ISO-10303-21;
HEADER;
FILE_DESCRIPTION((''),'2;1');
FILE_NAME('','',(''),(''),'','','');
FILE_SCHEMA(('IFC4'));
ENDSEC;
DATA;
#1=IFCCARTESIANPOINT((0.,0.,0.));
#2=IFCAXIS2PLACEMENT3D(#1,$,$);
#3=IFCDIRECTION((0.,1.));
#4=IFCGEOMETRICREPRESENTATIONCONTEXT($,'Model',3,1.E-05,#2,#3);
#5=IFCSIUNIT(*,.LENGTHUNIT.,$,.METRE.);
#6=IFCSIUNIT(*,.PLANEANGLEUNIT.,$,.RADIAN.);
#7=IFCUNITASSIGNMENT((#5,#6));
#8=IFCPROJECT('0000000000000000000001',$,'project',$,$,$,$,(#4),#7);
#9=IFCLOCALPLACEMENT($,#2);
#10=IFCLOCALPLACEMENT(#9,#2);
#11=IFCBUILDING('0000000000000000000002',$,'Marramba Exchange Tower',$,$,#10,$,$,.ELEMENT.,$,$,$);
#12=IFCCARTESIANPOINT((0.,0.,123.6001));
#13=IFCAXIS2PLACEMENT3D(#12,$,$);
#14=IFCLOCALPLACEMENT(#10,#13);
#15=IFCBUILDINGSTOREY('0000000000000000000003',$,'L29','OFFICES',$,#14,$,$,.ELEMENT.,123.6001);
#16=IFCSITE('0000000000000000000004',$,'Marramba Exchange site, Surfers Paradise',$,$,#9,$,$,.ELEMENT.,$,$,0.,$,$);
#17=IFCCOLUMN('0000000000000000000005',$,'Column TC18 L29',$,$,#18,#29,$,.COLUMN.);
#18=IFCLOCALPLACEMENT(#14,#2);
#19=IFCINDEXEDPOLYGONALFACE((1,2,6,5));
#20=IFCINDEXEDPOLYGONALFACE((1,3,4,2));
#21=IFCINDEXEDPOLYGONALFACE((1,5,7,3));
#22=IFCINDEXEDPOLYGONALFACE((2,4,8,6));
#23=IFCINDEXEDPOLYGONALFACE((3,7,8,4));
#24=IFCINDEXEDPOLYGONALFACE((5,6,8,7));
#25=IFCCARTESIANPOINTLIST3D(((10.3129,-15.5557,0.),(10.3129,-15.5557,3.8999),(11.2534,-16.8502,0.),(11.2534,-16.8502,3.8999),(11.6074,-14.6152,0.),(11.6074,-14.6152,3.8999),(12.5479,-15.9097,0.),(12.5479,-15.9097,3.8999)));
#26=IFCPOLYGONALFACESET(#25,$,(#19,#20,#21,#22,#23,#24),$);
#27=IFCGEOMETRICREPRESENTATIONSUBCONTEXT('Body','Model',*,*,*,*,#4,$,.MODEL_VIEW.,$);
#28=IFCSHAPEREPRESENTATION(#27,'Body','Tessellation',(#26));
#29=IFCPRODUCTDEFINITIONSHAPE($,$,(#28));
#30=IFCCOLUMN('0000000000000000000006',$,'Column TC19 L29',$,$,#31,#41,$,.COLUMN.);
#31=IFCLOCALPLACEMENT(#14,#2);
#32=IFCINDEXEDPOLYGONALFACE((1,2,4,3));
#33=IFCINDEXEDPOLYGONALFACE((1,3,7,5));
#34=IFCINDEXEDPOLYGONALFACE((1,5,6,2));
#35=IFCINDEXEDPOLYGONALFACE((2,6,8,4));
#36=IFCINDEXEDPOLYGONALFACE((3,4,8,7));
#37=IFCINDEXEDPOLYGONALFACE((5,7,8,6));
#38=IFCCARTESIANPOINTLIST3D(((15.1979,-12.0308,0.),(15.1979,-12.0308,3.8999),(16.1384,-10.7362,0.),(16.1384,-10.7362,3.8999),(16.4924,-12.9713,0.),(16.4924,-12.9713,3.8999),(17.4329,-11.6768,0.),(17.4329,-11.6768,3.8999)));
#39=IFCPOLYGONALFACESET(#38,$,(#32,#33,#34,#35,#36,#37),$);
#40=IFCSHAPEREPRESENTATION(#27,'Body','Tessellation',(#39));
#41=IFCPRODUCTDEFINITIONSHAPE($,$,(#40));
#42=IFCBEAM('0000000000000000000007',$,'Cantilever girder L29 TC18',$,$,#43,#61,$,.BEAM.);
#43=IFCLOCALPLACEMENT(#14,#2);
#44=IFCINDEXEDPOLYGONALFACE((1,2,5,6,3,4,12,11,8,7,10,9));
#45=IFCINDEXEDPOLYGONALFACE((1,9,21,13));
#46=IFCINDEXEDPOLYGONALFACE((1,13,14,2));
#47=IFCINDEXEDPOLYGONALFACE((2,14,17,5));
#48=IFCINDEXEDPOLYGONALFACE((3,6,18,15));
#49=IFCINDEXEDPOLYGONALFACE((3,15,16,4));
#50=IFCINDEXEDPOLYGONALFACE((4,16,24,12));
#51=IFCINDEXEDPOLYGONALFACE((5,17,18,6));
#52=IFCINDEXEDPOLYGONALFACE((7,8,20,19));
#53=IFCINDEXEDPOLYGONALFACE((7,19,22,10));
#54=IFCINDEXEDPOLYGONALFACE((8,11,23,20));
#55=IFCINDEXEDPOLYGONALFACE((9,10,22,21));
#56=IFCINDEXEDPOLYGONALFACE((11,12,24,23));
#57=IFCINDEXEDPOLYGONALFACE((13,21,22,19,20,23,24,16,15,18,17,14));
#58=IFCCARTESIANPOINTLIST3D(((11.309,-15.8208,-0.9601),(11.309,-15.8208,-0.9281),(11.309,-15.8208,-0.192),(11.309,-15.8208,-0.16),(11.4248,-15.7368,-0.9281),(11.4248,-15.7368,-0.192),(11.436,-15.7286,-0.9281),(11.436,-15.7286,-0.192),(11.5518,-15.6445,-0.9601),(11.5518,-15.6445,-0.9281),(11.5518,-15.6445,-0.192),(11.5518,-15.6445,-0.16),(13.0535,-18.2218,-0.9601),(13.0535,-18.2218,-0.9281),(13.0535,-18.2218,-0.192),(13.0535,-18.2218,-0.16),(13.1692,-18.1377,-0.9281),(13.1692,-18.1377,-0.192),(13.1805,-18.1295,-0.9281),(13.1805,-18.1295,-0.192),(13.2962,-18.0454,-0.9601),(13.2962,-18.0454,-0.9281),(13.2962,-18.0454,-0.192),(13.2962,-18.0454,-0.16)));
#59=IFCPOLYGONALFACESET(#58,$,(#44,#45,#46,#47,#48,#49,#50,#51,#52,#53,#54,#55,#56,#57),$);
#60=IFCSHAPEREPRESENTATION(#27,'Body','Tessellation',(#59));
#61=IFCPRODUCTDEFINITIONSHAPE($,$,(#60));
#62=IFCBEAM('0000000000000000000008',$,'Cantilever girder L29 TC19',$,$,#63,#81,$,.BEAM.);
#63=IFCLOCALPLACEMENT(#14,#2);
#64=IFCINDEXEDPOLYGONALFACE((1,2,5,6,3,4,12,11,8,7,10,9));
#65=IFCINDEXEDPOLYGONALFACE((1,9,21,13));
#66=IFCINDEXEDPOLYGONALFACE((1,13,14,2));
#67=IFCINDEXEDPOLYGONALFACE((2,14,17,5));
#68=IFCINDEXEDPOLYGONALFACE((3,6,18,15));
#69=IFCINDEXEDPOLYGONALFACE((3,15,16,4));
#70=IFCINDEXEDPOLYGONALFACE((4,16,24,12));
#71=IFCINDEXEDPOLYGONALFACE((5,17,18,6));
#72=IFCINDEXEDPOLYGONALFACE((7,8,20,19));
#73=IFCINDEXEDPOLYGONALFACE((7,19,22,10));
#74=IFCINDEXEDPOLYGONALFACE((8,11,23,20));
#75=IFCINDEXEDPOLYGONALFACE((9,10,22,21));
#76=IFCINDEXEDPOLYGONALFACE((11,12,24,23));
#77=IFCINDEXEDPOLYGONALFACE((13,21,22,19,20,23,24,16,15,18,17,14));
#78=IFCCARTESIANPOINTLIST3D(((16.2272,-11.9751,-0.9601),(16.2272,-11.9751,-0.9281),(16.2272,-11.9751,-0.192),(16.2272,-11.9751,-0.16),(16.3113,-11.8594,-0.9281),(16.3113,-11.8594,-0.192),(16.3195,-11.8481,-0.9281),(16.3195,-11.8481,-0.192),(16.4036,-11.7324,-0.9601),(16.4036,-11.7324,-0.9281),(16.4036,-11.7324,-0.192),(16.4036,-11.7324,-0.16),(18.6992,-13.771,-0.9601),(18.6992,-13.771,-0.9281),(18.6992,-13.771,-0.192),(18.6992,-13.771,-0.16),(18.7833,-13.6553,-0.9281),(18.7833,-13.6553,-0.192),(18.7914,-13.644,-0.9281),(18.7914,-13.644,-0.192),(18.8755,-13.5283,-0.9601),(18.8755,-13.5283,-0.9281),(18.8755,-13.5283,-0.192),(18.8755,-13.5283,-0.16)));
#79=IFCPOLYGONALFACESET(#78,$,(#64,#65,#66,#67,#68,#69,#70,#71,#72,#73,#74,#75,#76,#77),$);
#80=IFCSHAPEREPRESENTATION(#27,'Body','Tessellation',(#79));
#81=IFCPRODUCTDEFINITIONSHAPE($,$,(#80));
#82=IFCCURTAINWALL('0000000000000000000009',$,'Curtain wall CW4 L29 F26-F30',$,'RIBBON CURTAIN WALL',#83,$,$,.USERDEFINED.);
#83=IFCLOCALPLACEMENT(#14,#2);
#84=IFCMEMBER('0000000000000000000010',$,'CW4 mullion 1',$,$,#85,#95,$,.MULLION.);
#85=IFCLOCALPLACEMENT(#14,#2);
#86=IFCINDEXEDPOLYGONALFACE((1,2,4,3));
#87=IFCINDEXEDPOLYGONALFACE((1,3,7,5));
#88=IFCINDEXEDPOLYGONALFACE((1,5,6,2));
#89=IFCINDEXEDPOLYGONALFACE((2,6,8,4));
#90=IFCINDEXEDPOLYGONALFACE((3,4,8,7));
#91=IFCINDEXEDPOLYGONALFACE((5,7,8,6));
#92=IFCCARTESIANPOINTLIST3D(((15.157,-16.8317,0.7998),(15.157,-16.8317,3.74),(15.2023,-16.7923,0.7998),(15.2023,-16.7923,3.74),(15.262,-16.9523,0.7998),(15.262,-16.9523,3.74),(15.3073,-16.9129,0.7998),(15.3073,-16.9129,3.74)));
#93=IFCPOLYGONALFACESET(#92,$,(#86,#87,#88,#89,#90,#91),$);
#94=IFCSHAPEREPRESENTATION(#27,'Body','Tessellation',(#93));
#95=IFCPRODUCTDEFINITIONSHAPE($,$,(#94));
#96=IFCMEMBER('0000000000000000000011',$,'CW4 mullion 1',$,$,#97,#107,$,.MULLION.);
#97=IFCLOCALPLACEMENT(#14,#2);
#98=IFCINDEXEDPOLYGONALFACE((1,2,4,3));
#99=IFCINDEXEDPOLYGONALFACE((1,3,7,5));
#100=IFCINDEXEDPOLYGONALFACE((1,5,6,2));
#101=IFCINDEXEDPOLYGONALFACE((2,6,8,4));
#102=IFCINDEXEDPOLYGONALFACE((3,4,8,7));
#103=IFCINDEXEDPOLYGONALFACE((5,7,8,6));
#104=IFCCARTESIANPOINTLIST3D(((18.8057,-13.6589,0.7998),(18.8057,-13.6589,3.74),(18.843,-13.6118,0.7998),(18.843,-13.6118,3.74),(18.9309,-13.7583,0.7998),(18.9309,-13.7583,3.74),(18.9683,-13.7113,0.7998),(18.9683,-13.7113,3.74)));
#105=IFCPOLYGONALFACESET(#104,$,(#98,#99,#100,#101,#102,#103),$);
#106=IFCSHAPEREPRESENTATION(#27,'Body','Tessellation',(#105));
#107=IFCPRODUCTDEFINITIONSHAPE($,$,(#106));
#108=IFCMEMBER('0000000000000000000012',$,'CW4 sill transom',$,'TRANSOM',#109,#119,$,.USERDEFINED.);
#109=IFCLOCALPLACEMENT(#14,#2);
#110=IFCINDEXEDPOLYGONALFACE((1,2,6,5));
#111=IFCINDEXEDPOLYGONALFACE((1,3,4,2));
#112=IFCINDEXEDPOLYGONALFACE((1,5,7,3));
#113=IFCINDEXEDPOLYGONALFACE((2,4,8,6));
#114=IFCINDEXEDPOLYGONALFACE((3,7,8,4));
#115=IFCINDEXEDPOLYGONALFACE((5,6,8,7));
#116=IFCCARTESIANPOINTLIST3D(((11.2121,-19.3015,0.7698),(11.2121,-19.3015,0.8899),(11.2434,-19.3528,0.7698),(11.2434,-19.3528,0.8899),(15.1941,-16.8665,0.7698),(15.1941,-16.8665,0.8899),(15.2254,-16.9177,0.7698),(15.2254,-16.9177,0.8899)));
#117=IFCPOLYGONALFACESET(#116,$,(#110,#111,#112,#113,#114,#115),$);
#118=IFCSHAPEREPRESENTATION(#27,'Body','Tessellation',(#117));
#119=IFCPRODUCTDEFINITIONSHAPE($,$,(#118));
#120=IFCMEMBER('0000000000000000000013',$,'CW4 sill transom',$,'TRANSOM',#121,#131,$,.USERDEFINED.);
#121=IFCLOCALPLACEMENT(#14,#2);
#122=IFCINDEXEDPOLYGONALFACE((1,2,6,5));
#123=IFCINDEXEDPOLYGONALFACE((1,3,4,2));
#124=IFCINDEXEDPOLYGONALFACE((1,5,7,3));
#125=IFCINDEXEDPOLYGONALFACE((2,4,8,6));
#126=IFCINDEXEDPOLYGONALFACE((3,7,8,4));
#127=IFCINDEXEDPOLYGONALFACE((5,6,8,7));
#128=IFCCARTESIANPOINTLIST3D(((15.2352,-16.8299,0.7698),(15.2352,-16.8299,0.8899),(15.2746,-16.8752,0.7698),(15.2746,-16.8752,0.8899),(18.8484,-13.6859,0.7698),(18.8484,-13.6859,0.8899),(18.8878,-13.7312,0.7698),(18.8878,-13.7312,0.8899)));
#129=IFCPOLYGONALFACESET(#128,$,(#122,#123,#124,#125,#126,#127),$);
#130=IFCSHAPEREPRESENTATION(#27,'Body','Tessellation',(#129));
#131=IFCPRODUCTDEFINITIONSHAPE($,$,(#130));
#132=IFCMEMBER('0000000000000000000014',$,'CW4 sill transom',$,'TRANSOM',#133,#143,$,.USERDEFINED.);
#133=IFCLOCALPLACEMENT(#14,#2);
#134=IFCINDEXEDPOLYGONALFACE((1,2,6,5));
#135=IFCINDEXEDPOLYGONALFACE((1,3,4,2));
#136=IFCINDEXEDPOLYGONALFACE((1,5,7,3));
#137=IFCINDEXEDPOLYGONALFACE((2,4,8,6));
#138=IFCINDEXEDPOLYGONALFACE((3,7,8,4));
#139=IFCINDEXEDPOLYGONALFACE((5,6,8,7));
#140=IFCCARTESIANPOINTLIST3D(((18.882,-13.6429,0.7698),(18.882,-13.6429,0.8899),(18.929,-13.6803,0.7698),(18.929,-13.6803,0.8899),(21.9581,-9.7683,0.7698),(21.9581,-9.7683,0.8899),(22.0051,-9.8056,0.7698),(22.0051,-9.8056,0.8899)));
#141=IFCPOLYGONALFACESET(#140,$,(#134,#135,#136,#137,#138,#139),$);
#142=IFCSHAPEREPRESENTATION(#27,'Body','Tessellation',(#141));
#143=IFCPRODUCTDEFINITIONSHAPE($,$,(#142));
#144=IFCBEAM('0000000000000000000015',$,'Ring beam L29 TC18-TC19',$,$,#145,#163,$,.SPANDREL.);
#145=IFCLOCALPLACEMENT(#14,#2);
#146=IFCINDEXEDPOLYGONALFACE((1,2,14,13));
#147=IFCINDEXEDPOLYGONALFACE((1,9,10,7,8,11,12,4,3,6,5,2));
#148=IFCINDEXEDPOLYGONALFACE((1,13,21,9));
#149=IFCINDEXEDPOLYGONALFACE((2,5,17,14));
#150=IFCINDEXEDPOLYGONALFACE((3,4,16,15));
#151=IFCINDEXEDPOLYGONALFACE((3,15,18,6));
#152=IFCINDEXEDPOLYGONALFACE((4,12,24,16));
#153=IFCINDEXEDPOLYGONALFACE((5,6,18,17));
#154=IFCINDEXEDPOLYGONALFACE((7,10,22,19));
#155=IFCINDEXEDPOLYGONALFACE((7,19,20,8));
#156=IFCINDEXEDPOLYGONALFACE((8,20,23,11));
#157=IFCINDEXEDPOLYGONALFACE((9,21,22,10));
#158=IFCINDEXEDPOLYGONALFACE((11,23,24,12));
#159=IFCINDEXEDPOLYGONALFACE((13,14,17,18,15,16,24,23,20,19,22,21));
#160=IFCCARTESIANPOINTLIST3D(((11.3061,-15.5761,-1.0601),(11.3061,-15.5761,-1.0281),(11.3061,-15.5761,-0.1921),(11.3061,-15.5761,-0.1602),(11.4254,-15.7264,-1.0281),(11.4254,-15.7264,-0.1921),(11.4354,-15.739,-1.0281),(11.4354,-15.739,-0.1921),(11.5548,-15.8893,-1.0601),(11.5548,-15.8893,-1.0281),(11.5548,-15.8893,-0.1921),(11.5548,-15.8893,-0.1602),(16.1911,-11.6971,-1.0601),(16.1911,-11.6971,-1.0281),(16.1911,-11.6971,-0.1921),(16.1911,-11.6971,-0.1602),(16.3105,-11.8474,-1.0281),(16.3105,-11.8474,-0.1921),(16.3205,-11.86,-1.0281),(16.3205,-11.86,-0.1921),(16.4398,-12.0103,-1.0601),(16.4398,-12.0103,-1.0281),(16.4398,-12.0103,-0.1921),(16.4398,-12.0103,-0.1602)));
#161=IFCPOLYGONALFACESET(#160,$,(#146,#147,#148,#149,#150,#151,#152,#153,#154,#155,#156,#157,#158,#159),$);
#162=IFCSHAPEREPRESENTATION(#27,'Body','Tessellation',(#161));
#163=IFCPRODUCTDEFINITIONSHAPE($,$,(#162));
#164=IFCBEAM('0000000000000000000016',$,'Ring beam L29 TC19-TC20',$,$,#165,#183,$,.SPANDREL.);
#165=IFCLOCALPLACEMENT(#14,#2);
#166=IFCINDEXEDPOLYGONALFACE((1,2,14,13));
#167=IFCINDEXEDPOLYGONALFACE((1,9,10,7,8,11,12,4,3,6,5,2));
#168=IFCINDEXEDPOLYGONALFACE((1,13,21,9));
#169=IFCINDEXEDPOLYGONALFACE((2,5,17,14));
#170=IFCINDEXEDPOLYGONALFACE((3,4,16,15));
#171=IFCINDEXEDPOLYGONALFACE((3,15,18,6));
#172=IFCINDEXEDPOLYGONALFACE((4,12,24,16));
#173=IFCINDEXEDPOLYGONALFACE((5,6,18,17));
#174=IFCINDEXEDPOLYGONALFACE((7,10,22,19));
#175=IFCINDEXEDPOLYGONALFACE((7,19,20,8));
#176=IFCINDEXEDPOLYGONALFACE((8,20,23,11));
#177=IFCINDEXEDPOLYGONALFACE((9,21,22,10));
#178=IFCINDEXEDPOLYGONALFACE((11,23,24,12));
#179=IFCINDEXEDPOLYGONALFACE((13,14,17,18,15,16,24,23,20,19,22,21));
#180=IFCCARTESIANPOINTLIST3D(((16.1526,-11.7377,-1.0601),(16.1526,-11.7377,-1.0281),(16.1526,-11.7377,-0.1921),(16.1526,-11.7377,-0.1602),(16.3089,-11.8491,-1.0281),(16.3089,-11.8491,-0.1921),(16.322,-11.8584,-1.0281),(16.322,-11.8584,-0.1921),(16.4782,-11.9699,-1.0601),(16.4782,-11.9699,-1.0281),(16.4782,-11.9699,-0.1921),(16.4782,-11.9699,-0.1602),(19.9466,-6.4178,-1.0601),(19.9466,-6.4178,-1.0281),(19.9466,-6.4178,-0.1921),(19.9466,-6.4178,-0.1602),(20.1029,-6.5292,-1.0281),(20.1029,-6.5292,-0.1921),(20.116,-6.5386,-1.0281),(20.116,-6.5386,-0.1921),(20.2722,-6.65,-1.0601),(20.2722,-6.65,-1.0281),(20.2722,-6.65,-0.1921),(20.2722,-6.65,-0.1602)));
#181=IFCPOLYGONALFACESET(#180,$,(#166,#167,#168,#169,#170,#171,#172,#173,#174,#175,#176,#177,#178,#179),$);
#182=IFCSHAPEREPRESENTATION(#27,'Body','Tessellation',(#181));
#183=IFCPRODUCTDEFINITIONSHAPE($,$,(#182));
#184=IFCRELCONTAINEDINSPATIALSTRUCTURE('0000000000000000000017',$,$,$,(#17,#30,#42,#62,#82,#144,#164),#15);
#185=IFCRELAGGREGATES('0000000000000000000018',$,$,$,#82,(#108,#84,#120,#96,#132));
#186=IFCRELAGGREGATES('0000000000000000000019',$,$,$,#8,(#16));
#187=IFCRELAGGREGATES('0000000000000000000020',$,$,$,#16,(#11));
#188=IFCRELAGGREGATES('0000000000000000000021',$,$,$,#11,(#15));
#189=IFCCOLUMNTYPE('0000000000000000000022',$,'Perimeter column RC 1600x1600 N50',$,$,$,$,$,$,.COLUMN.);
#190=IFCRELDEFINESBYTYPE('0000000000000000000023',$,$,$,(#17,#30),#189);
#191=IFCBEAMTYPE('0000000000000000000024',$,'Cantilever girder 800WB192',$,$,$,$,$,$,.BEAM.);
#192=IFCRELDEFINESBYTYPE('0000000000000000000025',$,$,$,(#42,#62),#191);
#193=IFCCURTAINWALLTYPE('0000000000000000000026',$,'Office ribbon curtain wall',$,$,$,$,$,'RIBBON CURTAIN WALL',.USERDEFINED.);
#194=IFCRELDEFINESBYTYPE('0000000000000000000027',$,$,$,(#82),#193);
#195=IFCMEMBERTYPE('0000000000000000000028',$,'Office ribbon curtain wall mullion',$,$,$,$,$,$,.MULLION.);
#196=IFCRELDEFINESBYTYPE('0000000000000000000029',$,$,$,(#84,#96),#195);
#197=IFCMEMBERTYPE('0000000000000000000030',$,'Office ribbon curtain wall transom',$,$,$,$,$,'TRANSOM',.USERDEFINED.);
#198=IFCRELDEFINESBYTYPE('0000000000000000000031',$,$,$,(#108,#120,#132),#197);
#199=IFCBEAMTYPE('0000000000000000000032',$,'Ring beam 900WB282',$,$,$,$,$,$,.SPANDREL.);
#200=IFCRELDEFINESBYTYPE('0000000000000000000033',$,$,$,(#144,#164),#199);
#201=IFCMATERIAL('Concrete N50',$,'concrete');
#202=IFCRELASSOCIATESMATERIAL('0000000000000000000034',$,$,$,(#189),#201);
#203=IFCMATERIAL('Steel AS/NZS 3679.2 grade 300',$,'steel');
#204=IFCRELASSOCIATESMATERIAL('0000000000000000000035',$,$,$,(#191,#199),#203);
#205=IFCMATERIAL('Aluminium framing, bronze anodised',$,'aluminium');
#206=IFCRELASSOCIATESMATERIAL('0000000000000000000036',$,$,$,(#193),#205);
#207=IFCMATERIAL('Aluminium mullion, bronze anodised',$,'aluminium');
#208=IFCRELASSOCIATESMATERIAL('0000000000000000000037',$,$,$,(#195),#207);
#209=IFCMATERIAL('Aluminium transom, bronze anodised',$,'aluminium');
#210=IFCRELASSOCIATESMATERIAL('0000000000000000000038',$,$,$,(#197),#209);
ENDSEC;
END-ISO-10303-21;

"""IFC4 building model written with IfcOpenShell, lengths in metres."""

from ifc_helpers import new_model, si_unit, direction, frame, origin, origin_2d, place, context, subcontext, project, spatial, rectangle, i_section, extrude, material, material_profile, profile_set, type_object, element, aggregate, save


model = new_model("IFC4")

# Units and contexts
model_context = context("Model", 3, precision=1e-05, world=origin(), true_north=direction((0.0, 1.0)))
body_context = subcontext(model_context, "Body", "Model", "MODEL_VIEW")
ifc_project = project(units=[si_unit("LENGTHUNIT", "METRE"), si_unit("PLANEANGLEUNIT", "RADIAN")], contexts=[model_context])

# Site, building, storey
site_placement = place(None, origin())
site = spatial("IfcSite", under=ifc_project, at=site_placement, Name="Marramba Exchange site, Surfers Paradise", CompositionType="ELEMENT", RefElevation=0.0)
building_placement = place(site_placement, origin())
building = spatial("IfcBuilding", under=site, at=building_placement, Name="Marramba Exchange Tower", CompositionType="ELEMENT")
storey_placement = place(building_placement, frame((0.0, 0.0, 123.6001)))
storey = spatial("IfcBuildingStorey", under=building, at=storey_placement, Name="L29", Description="OFFICES", CompositionType="ELEMENT", Elevation=123.6001)

# Columns
ifc_material_1 = material(Name="Concrete N50", Category="concrete")
ifc_material_profile_1 = material_profile(ifc_material_1, rectangle(XDim=1.6001, YDim=1.6001, at=origin_2d()), Name="RC 1600x1600")
ifc_profile_set_1 = profile_set([ifc_material_profile_1], Name="Concrete N50")
column_type = type_object("IfcColumnType", Name="Perimeter column RC 1600x1600 N50", PredefinedType="COLUMN", material=ifc_profile_set_1)
for number, where, z_axis, x_axis, name in (
    (1, (11.4304, -15.7327, 0.0), (0.0, 0.0, 1.0), (0.587785, -0.809017, 0.0), "Column TC18 L29"),
    (2, (16.3154, -11.8538, 0.0), (0.0, 0.0, 1.0), (0.809017, -0.587785, 0.0), "Column TC19 L29"),
):
    element("IfcColumn", number, at=place(storey_placement, frame(where, z_axis=z_axis, x_axis=x_axis)), inside=storey, type_object=column_type, Name=name, PredefinedType="COLUMN", context=body_context, shape_type="SweptSolid", body=[
        extrude(rectangle(XDim=1.6001, YDim=1.6001, at=origin_2d()), origin(), (0.0, 0.0, 1.0), 3.8999),
    ])

# Beams
ifc_material_2 = material(Name="Steel AS/NZS 3679.2 grade 300", Category="steel")
ifc_material_profile_2 = material_profile(ifc_material_2, i_section(OverallWidth=0.3, OverallDepth=0.8, WebThickness=0.0139, FlangeThickness=0.032, at=origin_2d()), Name="800WB192")
ifc_profile_set_2 = profile_set([ifc_material_profile_2], Name="Steel AS/NZS 3679.2 grade 300")
beam_type_1 = type_object("IfcBeamType", Name="Cantilever girder 800WB192", PredefinedType="BEAM", material=ifc_profile_set_2)
beam_1_placement = place(storey_placement, frame((11.4304, -15.7327, -0.5601), z_axis=(0.587795, -0.80901, 0.0), x_axis=(0.80901, 0.587795, 0.0)))
element("IfcBeam", 3, at=beam_1_placement, inside=storey, type_object=beam_type_1, Name="Cantilever girder L29 TC18", PredefinedType="BEAM", context=body_context, shape_type="SweptSolid", body=[
    extrude(i_section(OverallWidth=0.3, OverallDepth=0.8, WebThickness=0.0139, FlangeThickness=0.032, at=origin_2d()), origin(), (0.0, 0.0, 1.0), 2.9678),
])
beam_2_placement = place(storey_placement, frame((16.3154, -11.8538, -0.5601), z_axis=(0.809026, -0.587773, 0.0), x_axis=(0.587773, 0.809026, 0.0)))
element("IfcBeam", 4, at=beam_2_placement, inside=storey, type_object=beam_type_1, Name="Cantilever girder L29 TC19", PredefinedType="BEAM", context=body_context, shape_type="SweptSolid", body=[
    extrude(i_section(OverallWidth=0.3, OverallDepth=0.8, WebThickness=0.0139, FlangeThickness=0.032, at=origin_2d()), origin(), (0.0, 0.0, 1.0), 3.0554),
])

# Curtain wall, members
ifc_material_3 = material(Name="Aluminium framing, bronze anodised", Category="aluminium")
curtain_wall_type = type_object("IfcCurtainWallType", Name="Office ribbon curtain wall", ElementType="RIBBON CURTAIN WALL", PredefinedType="USERDEFINED", material=ifc_material_3)
curtain_wall_placement = place(storey_placement, origin())
curtain_wall = element("IfcCurtainWall", 5, at=curtain_wall_placement, inside=storey, type_object=curtain_wall_type, Name="Curtain wall CW4 L29 F26-F30", ObjectType="RIBBON CURTAIN WALL", PredefinedType="USERDEFINED")
ifc_material_4 = material(Name="Aluminium mullion, bronze anodised", Category="aluminium")
ifc_material_profile_3 = material_profile(ifc_material_4, rectangle(XDim=0.1599, YDim=0.0601, at=origin_2d()), Name="CW4 mullion 60x160")
ifc_profile_set_3 = profile_set([ifc_material_profile_3], Name="Aluminium mullion, bronze anodised")
member_type_1 = type_object("IfcMemberType", Name="Office ribbon curtain wall mullion", PredefinedType="MULLION", material=ifc_profile_set_3)
member_1_placement = place(storey_placement, frame((15.2322, -16.8723, 0.7998), z_axis=(0.0, 0.0, 1.0), x_axis=(-0.656432, 0.754386, 0.0)))
member_1 = element("IfcMember", 6, at=member_1_placement, type_object=member_type_1, Name="CW4 mullion 1", PredefinedType="MULLION", context=body_context, shape_type="SweptSolid", body=[
    extrude(rectangle(XDim=0.1599, YDim=0.0601, at=origin_2d()), origin(), (0.0, 0.0, 1.0), 2.9402),
])
member_2_placement = place(storey_placement, frame((18.887, -13.6851, 0.7998), z_axis=(0.0, 0.0, 1.0), x_axis=(-0.78317, 0.621807, 0.0)))
member_2 = element("IfcMember", 7, at=member_2_placement, type_object=member_type_1, Name="CW4 mullion 1", PredefinedType="MULLION", context=body_context, shape_type="SweptSolid", body=[
    extrude(rectangle(XDim=0.1599, YDim=0.0601, at=origin_2d()), origin(), (0.0, 0.0, 1.0), 2.9402),
])
ifc_material_5 = material(Name="Aluminium transom, bronze anodised", Category="aluminium")
ifc_material_profile_4 = material_profile(ifc_material_5, rectangle(XDim=0.0601, YDim=0.1201, at=origin_2d()), Name="CW4 transom 60x120")
ifc_profile_set_4 = profile_set([ifc_material_profile_4], Name="Aluminium transom, bronze anodised")
member_type_2 = type_object("IfcMemberType", Name="Office ribbon curtain wall transom", ElementType="TRANSOM", PredefinedType="USERDEFINED", material=ifc_profile_set_4)
member_3_placement = place(storey_placement, frame((11.2278, -19.3271, 0.8298), z_axis=(0.853124, 0.521708, 0.0), x_axis=(-0.521708, 0.853124, 0.0)))
member_3 = element("IfcMember", 8, at=member_3_placement, type_object=member_type_2, Name="CW4 sill transom", ObjectType="TRANSOM", PredefinedType="USERDEFINED", context=body_context, shape_type="SweptSolid", body=[
    extrude(rectangle(XDim=0.0601, YDim=0.1201, at=origin_2d()), origin(), (0.0, 0.0, 1.0), 4.6675),
])
member_4_placement = place(storey_placement, frame((15.2549, -16.8525, 0.8298), z_axis=(0.754393, 0.656424, 0.0), x_axis=(-0.656424, 0.754393, 0.0)))
member_4 = element("IfcMember", 9, at=member_4_placement, type_object=member_type_2, Name="CW4 sill transom", ObjectType="TRANSOM", PredefinedType="USERDEFINED", context=body_context, shape_type="SweptSolid", body=[
    extrude(rectangle(XDim=0.0601, YDim=0.1201, at=origin_2d()), origin(), (0.0, 0.0, 1.0), 4.7896),
])
member_5_placement = place(storey_placement, frame((18.9055, -13.6616, 0.8298), z_axis=(0.621778, 0.783194, 0.0), x_axis=(-0.783194, 0.621778, 0.0)))
member_5 = element("IfcMember", 10, at=member_5_placement, type_object=member_type_2, Name="CW4 sill transom", ObjectType="TRANSOM", PredefinedType="USERDEFINED", context=body_context, shape_type="SweptSolid", body=[
    extrude(rectangle(XDim=0.0601, YDim=0.1201, at=origin_2d()), origin(), (0.0, 0.0, 1.0), 4.9473),
])

# Beams
ifc_material_profile_5 = material_profile(ifc_material_2, i_section(OverallWidth=0.3999, OverallDepth=0.8999, WebThickness=0.0161, FlangeThickness=0.032, at=origin_2d()), Name="900WB282")
ifc_profile_set_5 = profile_set([ifc_material_profile_5], Name="Steel AS/NZS 3679.2 grade 300")
beam_type_2 = type_object("IfcBeamType", Name="Ring beam 900WB282", PredefinedType="SPANDREL", material=ifc_profile_set_5)
beam_3_placement = place(storey_placement, frame((11.4304, -15.7327, -0.6101), z_axis=(0.783139, 0.621846, 0.0), x_axis=(-0.621846, 0.783139, 0.0)))
element("IfcBeam", 11, at=beam_3_placement, inside=storey, type_object=beam_type_2, Name="Ring beam L29 TC18-TC19", PredefinedType="SPANDREL", context=body_context, shape_type="SweptSolid", body=[
    extrude(i_section(OverallWidth=0.3999, OverallDepth=0.8999, WebThickness=0.0161, FlangeThickness=0.032, at=origin_2d()), origin(), (0.0, 0.0, 1.0), 6.2378),
])
beam_4_placement = place(storey_placement, frame((16.3154, -11.8538, -0.6101), z_axis=(0.580637, 0.814162, 0.0), x_axis=(-0.814162, 0.580637, 0.0)))
element("IfcBeam", 12, at=beam_4_placement, inside=storey, type_object=beam_type_2, Name="Ring beam L29 TC19-TC20", PredefinedType="SPANDREL", context=body_context, shape_type="SweptSolid", body=[
    extrude(i_section(OverallWidth=0.3999, OverallDepth=0.8999, WebThickness=0.0161, FlangeThickness=0.032, at=origin_2d()), origin(), (0.0, 0.0, 1.0), 6.5342),
])

aggregate(curtain_wall, [member_3, member_1, member_4, member_2, member_5])

save(model, "model.ifc")
